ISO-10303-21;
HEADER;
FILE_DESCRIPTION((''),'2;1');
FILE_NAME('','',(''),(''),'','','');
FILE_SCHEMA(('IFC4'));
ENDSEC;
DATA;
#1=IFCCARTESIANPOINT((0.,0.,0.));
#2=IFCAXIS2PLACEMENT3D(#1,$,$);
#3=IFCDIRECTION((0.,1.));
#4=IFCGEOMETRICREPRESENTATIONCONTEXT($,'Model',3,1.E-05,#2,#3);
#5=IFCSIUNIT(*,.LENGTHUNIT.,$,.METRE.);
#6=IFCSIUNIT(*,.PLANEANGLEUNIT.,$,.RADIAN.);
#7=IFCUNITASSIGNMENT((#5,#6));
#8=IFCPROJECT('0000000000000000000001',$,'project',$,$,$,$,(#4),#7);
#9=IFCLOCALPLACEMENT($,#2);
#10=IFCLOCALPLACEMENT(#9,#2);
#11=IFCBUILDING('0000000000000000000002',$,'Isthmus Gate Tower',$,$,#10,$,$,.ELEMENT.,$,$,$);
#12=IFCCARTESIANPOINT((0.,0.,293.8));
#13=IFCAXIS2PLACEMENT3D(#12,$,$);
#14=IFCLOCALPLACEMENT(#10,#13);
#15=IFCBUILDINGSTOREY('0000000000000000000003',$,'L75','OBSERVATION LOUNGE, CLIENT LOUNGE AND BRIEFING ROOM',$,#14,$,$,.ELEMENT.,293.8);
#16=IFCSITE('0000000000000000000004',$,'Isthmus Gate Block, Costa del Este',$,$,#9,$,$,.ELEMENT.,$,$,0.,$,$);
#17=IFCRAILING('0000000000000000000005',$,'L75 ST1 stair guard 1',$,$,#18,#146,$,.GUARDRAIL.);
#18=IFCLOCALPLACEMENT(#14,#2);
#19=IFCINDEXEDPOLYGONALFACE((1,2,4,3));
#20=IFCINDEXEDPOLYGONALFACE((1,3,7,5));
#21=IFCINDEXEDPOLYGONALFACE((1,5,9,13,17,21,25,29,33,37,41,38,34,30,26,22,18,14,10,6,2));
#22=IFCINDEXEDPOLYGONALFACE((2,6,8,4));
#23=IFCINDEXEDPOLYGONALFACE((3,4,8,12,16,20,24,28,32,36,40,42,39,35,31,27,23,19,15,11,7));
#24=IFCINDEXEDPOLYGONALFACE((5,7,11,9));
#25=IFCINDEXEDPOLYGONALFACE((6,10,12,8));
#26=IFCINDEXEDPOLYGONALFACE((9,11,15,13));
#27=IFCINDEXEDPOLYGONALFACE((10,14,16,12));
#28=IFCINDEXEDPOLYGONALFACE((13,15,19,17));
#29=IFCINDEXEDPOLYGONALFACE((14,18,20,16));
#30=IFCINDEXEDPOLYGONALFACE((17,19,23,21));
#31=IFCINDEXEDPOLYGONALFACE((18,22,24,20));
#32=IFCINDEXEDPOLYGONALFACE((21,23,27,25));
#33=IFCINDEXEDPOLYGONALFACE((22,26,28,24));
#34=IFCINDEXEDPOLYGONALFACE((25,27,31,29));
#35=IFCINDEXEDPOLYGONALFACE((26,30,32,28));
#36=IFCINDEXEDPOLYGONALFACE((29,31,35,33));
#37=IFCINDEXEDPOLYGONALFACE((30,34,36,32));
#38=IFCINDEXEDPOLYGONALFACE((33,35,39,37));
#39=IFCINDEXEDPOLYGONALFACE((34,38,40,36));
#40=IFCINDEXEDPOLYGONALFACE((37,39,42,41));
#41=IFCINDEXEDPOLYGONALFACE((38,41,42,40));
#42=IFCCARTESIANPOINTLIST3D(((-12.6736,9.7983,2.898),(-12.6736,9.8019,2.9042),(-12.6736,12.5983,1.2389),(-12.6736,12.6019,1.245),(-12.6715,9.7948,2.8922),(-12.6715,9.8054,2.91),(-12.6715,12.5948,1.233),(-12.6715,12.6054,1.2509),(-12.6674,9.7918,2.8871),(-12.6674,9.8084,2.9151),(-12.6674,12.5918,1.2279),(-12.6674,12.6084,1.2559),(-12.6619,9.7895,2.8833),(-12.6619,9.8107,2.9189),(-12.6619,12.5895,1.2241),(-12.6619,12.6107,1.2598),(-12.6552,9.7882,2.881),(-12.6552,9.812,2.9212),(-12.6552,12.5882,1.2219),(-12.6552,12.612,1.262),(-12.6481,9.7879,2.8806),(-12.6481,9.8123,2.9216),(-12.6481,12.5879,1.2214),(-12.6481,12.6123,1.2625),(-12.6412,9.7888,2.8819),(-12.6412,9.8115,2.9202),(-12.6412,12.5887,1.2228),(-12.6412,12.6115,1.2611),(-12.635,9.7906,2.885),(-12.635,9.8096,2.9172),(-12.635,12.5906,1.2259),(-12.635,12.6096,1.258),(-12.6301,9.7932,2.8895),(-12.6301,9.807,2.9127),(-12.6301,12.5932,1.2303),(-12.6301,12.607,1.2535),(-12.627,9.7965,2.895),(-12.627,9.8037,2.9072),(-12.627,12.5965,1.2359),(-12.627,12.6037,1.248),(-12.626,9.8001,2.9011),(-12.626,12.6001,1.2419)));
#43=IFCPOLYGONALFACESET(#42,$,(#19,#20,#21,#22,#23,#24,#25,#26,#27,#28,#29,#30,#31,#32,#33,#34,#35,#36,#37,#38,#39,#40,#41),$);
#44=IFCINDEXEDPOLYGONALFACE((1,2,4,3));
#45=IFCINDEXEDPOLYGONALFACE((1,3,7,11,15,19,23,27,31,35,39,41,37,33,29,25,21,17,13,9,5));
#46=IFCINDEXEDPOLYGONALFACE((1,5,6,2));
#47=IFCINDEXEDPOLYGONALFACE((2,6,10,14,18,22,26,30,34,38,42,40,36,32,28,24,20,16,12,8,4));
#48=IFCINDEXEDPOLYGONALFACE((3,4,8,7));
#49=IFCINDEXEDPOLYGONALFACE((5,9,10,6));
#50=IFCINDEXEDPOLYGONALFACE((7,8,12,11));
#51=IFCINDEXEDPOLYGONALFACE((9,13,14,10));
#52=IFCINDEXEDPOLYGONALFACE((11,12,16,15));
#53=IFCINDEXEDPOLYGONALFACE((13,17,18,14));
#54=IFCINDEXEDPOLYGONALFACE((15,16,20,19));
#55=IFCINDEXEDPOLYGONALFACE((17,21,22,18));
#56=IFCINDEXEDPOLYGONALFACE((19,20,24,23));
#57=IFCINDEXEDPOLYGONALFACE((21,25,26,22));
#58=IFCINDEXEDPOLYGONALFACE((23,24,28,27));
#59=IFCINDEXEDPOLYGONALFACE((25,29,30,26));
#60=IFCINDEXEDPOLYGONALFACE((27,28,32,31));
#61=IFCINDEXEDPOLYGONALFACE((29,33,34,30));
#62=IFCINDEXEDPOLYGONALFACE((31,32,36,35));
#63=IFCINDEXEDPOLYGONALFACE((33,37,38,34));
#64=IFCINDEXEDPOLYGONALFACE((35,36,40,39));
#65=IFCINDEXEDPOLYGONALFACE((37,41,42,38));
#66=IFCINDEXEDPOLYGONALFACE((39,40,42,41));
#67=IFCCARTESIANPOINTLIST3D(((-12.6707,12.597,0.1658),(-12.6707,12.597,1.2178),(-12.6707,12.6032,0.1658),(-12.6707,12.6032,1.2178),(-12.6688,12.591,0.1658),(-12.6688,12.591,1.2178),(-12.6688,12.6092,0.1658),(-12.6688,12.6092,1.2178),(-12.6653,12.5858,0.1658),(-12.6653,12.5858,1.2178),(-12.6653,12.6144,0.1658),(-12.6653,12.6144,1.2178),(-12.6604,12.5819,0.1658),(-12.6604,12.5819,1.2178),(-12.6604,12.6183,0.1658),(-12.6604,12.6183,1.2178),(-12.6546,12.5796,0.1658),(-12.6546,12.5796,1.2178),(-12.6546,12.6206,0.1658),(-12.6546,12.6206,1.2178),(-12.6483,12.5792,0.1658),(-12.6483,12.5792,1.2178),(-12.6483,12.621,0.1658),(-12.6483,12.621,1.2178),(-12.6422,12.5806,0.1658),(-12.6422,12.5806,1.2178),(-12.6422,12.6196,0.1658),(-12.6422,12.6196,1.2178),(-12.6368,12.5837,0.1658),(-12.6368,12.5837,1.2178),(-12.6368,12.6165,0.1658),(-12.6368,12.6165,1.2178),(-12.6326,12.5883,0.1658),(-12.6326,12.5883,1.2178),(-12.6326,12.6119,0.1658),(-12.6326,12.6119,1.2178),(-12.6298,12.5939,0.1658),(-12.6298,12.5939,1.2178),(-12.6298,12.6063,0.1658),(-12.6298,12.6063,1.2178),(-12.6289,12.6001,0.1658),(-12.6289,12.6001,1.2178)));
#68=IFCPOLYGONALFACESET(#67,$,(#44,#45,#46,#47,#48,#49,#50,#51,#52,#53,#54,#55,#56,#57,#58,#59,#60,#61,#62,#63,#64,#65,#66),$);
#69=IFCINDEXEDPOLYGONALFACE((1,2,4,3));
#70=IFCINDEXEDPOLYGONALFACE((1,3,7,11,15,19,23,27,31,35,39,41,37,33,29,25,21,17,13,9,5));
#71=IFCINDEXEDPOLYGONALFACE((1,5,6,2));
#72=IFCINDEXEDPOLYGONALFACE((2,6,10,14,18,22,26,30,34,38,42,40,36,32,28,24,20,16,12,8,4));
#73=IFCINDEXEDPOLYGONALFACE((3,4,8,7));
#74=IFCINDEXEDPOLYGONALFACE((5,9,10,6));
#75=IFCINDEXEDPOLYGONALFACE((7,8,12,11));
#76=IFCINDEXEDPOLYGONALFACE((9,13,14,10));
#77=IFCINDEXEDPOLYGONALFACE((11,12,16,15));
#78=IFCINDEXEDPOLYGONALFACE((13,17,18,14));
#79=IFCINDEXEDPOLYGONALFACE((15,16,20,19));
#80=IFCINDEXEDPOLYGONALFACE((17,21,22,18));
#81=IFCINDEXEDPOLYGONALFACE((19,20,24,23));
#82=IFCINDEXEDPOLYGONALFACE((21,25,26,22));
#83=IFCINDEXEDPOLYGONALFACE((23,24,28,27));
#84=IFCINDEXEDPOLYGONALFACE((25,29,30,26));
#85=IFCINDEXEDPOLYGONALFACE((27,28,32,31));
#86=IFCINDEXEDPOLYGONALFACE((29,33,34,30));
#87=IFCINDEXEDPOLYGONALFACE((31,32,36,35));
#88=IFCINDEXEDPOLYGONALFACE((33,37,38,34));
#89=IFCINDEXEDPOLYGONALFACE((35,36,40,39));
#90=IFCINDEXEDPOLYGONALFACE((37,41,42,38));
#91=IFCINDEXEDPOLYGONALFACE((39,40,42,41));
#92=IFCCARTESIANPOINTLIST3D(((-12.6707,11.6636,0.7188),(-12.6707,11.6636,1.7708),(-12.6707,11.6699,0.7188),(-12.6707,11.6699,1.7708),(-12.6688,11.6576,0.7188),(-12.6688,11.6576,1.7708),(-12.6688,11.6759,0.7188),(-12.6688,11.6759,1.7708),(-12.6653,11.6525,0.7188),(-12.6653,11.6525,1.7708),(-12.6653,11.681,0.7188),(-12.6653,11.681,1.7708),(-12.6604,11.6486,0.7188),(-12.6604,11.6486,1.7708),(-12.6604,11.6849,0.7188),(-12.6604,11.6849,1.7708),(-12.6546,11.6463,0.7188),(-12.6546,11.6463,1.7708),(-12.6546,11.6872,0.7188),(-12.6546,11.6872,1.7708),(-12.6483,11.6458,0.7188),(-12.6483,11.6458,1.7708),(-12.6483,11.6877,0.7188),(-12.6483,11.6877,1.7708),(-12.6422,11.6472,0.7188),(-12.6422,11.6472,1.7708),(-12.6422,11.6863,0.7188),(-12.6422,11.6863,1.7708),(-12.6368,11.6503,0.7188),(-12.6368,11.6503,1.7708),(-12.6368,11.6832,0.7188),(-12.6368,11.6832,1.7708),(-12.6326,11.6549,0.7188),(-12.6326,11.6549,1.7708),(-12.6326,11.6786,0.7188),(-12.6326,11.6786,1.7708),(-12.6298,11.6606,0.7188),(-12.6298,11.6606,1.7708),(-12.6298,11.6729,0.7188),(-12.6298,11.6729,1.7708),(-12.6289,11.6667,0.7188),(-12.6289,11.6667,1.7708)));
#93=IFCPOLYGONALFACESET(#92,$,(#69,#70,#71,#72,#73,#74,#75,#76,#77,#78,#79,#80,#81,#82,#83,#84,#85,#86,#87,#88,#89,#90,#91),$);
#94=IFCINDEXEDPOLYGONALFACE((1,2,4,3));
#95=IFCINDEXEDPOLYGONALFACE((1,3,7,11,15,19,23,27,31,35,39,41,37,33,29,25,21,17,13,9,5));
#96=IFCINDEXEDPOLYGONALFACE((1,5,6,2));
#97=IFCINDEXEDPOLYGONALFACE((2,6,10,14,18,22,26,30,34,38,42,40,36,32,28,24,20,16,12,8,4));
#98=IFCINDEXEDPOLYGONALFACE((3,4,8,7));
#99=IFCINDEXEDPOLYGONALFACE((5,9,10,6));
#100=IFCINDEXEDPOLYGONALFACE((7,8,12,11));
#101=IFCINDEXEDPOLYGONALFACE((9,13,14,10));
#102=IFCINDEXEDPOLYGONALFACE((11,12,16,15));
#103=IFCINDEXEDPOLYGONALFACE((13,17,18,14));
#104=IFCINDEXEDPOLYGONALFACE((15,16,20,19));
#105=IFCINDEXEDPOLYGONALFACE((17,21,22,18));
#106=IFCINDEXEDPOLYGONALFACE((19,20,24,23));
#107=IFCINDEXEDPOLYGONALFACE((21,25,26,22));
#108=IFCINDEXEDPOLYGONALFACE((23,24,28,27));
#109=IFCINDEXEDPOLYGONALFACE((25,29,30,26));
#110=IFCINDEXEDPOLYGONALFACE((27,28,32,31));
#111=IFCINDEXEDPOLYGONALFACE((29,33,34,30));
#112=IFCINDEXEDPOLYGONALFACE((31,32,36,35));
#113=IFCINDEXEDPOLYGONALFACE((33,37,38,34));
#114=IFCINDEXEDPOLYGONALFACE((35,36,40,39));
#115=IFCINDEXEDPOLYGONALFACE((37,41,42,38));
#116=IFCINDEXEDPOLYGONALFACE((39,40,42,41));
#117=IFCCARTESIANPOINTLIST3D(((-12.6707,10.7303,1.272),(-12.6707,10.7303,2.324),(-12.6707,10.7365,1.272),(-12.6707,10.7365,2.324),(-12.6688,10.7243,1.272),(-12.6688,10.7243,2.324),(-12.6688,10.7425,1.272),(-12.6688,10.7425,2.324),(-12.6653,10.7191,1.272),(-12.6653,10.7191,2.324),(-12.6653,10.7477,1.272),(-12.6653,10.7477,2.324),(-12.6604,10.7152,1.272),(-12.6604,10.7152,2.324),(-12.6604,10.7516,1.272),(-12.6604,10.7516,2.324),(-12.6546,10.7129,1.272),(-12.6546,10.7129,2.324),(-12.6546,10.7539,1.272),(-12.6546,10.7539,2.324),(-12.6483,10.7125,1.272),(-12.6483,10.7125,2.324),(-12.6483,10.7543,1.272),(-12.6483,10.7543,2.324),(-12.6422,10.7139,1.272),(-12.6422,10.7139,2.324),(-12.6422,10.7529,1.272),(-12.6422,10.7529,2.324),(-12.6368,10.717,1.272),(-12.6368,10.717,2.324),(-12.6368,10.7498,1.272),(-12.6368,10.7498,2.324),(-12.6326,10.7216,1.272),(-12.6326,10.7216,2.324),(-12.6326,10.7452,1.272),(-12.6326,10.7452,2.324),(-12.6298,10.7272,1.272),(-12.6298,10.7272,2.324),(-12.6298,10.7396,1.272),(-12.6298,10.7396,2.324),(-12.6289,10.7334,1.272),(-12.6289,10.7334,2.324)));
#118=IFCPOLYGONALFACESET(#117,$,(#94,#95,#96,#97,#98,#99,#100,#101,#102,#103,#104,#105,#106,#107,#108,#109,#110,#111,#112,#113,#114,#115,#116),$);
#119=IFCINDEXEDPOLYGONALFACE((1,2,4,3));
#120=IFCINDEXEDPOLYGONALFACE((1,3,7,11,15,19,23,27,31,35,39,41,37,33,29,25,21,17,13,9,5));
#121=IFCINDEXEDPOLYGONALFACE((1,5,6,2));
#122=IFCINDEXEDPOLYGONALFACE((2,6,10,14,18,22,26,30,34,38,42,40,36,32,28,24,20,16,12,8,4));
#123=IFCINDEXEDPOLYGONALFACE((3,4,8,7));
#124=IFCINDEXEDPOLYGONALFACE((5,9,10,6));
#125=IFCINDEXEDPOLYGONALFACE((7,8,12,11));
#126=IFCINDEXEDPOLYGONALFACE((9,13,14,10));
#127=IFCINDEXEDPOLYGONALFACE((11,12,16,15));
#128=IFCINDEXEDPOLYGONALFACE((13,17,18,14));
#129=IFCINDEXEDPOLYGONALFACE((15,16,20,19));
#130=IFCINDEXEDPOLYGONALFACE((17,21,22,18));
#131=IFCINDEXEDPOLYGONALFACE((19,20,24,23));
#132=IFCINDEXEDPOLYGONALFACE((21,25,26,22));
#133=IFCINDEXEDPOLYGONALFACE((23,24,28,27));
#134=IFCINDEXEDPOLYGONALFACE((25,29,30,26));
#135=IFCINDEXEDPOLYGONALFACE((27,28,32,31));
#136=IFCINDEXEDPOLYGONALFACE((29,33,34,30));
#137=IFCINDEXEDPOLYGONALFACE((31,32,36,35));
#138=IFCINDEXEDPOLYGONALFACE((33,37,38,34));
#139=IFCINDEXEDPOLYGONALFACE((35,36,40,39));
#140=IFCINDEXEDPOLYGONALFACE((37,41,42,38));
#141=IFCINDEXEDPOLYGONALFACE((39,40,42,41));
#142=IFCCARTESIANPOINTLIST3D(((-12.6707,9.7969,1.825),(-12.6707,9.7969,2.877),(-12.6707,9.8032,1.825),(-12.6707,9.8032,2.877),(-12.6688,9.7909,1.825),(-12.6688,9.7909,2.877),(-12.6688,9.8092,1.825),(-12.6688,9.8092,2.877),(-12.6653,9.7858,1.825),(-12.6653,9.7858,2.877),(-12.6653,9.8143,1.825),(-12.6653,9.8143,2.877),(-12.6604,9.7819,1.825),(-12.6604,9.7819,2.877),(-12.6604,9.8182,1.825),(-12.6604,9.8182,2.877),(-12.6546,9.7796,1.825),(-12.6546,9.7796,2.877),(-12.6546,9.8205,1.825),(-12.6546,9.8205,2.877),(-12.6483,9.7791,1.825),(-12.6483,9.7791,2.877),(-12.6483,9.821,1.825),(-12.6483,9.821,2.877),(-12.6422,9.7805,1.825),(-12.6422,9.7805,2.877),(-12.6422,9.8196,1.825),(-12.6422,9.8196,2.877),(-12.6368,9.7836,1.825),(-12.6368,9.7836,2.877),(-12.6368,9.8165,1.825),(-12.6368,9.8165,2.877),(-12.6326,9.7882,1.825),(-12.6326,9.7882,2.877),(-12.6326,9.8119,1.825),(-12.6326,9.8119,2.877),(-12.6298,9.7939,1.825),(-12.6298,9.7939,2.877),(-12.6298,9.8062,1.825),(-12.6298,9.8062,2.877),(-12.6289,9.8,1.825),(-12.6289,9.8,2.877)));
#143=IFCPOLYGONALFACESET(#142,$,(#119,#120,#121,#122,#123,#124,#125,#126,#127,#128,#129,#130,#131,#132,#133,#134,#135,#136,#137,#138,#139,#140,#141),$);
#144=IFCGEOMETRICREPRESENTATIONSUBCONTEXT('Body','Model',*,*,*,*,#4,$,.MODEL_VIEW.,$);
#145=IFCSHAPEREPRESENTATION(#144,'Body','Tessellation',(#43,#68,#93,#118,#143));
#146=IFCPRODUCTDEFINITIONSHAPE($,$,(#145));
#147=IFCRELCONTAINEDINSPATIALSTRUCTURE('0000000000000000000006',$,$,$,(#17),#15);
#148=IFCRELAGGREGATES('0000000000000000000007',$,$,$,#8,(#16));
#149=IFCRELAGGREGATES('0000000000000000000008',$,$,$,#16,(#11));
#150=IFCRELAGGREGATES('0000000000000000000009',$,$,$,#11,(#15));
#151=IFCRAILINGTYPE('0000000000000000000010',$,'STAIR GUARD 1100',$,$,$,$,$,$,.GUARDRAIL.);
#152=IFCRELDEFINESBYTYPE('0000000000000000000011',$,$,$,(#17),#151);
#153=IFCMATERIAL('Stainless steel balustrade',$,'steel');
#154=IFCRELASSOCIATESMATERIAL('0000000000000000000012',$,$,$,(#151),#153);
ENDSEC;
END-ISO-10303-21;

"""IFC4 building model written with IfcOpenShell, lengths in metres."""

from ifc_helpers import new_model, si_unit, direction, frame, origin, origin_2d, place, context, subcontext, project, spatial, circle, extrude, material, type_object, element, save


model = new_model("IFC4")

# Units and contexts
model_context = context("Model", 3, precision=1e-05, world=origin(), true_north=direction((0.0, 1.0)))
body_context = subcontext(model_context, "Body", "Model", "MODEL_VIEW")
ifc_project = project(units=[si_unit("LENGTHUNIT", "METRE"), si_unit("PLANEANGLEUNIT", "RADIAN")], contexts=[model_context])

# Site, building, storey
site_placement = place(None, origin())
site = spatial("IfcSite", under=ifc_project, at=site_placement, Name="Isthmus Gate Block, Costa del Este", CompositionType="ELEMENT", RefElevation=0.0)
building_placement = place(site_placement, origin())
building = spatial("IfcBuilding", under=site, at=building_placement, Name="Isthmus Gate Tower", CompositionType="ELEMENT")
storey_placement = place(building_placement, frame((0.0, 0.0, 293.8)))
storey = spatial("IfcBuildingStorey", under=building, at=storey_placement, Name="L75", Description="OBSERVATION LOUNGE, CLIENT LOUNGE AND BRIEFING ROOM", CompositionType="ELEMENT", Elevation=293.8)

# Railing
ifc_material_1 = material(Name="Stainless steel balustrade", Category="steel")
railing_type_1 = type_object("IfcRailingType", Name="STAIR GUARD 1100", PredefinedType="GUARDRAIL", material=ifc_material_1)
railing_1_placement = place(storey_placement, frame((-12.6499, 12.6001, 0.1658)))
element("IfcRailing", 1, at=railing_1_placement, inside=storey, type_object=railing_type_1, Name="L75 ST1 stair guard 1", PredefinedType="GUARDRAIL", context=body_context, shape_type="SweptSolid", body=[
    extrude(circle(Radius=0.0239, at=origin_2d()), frame((0.0, 0.0, 1.0762), z_axis=(0.0, -0.860306, 0.509778), x_axis=(1.0, 0.0, 0.0)), (0.0, 0.0, 1.0), 3.2546),
    extrude(circle(Radius=0.021, at=origin_2d()), origin(), (0.0, 0.0, 1.0), 1.052),
    extrude(circle(Radius=0.021, at=origin_2d()), frame((0.0, -0.9333, 0.553)), (0.0, 0.0, 1.0), 1.052),
    extrude(circle(Radius=0.021, at=origin_2d()), frame((0.0, -1.8667, 1.1062)), (0.0, 0.0, 1.0), 1.052),
    extrude(circle(Radius=0.021, at=origin_2d()), frame((0.0, -2.8, 1.6592)), (0.0, 0.0, 1.0), 1.052),
])

save(model, "model.ifc")
